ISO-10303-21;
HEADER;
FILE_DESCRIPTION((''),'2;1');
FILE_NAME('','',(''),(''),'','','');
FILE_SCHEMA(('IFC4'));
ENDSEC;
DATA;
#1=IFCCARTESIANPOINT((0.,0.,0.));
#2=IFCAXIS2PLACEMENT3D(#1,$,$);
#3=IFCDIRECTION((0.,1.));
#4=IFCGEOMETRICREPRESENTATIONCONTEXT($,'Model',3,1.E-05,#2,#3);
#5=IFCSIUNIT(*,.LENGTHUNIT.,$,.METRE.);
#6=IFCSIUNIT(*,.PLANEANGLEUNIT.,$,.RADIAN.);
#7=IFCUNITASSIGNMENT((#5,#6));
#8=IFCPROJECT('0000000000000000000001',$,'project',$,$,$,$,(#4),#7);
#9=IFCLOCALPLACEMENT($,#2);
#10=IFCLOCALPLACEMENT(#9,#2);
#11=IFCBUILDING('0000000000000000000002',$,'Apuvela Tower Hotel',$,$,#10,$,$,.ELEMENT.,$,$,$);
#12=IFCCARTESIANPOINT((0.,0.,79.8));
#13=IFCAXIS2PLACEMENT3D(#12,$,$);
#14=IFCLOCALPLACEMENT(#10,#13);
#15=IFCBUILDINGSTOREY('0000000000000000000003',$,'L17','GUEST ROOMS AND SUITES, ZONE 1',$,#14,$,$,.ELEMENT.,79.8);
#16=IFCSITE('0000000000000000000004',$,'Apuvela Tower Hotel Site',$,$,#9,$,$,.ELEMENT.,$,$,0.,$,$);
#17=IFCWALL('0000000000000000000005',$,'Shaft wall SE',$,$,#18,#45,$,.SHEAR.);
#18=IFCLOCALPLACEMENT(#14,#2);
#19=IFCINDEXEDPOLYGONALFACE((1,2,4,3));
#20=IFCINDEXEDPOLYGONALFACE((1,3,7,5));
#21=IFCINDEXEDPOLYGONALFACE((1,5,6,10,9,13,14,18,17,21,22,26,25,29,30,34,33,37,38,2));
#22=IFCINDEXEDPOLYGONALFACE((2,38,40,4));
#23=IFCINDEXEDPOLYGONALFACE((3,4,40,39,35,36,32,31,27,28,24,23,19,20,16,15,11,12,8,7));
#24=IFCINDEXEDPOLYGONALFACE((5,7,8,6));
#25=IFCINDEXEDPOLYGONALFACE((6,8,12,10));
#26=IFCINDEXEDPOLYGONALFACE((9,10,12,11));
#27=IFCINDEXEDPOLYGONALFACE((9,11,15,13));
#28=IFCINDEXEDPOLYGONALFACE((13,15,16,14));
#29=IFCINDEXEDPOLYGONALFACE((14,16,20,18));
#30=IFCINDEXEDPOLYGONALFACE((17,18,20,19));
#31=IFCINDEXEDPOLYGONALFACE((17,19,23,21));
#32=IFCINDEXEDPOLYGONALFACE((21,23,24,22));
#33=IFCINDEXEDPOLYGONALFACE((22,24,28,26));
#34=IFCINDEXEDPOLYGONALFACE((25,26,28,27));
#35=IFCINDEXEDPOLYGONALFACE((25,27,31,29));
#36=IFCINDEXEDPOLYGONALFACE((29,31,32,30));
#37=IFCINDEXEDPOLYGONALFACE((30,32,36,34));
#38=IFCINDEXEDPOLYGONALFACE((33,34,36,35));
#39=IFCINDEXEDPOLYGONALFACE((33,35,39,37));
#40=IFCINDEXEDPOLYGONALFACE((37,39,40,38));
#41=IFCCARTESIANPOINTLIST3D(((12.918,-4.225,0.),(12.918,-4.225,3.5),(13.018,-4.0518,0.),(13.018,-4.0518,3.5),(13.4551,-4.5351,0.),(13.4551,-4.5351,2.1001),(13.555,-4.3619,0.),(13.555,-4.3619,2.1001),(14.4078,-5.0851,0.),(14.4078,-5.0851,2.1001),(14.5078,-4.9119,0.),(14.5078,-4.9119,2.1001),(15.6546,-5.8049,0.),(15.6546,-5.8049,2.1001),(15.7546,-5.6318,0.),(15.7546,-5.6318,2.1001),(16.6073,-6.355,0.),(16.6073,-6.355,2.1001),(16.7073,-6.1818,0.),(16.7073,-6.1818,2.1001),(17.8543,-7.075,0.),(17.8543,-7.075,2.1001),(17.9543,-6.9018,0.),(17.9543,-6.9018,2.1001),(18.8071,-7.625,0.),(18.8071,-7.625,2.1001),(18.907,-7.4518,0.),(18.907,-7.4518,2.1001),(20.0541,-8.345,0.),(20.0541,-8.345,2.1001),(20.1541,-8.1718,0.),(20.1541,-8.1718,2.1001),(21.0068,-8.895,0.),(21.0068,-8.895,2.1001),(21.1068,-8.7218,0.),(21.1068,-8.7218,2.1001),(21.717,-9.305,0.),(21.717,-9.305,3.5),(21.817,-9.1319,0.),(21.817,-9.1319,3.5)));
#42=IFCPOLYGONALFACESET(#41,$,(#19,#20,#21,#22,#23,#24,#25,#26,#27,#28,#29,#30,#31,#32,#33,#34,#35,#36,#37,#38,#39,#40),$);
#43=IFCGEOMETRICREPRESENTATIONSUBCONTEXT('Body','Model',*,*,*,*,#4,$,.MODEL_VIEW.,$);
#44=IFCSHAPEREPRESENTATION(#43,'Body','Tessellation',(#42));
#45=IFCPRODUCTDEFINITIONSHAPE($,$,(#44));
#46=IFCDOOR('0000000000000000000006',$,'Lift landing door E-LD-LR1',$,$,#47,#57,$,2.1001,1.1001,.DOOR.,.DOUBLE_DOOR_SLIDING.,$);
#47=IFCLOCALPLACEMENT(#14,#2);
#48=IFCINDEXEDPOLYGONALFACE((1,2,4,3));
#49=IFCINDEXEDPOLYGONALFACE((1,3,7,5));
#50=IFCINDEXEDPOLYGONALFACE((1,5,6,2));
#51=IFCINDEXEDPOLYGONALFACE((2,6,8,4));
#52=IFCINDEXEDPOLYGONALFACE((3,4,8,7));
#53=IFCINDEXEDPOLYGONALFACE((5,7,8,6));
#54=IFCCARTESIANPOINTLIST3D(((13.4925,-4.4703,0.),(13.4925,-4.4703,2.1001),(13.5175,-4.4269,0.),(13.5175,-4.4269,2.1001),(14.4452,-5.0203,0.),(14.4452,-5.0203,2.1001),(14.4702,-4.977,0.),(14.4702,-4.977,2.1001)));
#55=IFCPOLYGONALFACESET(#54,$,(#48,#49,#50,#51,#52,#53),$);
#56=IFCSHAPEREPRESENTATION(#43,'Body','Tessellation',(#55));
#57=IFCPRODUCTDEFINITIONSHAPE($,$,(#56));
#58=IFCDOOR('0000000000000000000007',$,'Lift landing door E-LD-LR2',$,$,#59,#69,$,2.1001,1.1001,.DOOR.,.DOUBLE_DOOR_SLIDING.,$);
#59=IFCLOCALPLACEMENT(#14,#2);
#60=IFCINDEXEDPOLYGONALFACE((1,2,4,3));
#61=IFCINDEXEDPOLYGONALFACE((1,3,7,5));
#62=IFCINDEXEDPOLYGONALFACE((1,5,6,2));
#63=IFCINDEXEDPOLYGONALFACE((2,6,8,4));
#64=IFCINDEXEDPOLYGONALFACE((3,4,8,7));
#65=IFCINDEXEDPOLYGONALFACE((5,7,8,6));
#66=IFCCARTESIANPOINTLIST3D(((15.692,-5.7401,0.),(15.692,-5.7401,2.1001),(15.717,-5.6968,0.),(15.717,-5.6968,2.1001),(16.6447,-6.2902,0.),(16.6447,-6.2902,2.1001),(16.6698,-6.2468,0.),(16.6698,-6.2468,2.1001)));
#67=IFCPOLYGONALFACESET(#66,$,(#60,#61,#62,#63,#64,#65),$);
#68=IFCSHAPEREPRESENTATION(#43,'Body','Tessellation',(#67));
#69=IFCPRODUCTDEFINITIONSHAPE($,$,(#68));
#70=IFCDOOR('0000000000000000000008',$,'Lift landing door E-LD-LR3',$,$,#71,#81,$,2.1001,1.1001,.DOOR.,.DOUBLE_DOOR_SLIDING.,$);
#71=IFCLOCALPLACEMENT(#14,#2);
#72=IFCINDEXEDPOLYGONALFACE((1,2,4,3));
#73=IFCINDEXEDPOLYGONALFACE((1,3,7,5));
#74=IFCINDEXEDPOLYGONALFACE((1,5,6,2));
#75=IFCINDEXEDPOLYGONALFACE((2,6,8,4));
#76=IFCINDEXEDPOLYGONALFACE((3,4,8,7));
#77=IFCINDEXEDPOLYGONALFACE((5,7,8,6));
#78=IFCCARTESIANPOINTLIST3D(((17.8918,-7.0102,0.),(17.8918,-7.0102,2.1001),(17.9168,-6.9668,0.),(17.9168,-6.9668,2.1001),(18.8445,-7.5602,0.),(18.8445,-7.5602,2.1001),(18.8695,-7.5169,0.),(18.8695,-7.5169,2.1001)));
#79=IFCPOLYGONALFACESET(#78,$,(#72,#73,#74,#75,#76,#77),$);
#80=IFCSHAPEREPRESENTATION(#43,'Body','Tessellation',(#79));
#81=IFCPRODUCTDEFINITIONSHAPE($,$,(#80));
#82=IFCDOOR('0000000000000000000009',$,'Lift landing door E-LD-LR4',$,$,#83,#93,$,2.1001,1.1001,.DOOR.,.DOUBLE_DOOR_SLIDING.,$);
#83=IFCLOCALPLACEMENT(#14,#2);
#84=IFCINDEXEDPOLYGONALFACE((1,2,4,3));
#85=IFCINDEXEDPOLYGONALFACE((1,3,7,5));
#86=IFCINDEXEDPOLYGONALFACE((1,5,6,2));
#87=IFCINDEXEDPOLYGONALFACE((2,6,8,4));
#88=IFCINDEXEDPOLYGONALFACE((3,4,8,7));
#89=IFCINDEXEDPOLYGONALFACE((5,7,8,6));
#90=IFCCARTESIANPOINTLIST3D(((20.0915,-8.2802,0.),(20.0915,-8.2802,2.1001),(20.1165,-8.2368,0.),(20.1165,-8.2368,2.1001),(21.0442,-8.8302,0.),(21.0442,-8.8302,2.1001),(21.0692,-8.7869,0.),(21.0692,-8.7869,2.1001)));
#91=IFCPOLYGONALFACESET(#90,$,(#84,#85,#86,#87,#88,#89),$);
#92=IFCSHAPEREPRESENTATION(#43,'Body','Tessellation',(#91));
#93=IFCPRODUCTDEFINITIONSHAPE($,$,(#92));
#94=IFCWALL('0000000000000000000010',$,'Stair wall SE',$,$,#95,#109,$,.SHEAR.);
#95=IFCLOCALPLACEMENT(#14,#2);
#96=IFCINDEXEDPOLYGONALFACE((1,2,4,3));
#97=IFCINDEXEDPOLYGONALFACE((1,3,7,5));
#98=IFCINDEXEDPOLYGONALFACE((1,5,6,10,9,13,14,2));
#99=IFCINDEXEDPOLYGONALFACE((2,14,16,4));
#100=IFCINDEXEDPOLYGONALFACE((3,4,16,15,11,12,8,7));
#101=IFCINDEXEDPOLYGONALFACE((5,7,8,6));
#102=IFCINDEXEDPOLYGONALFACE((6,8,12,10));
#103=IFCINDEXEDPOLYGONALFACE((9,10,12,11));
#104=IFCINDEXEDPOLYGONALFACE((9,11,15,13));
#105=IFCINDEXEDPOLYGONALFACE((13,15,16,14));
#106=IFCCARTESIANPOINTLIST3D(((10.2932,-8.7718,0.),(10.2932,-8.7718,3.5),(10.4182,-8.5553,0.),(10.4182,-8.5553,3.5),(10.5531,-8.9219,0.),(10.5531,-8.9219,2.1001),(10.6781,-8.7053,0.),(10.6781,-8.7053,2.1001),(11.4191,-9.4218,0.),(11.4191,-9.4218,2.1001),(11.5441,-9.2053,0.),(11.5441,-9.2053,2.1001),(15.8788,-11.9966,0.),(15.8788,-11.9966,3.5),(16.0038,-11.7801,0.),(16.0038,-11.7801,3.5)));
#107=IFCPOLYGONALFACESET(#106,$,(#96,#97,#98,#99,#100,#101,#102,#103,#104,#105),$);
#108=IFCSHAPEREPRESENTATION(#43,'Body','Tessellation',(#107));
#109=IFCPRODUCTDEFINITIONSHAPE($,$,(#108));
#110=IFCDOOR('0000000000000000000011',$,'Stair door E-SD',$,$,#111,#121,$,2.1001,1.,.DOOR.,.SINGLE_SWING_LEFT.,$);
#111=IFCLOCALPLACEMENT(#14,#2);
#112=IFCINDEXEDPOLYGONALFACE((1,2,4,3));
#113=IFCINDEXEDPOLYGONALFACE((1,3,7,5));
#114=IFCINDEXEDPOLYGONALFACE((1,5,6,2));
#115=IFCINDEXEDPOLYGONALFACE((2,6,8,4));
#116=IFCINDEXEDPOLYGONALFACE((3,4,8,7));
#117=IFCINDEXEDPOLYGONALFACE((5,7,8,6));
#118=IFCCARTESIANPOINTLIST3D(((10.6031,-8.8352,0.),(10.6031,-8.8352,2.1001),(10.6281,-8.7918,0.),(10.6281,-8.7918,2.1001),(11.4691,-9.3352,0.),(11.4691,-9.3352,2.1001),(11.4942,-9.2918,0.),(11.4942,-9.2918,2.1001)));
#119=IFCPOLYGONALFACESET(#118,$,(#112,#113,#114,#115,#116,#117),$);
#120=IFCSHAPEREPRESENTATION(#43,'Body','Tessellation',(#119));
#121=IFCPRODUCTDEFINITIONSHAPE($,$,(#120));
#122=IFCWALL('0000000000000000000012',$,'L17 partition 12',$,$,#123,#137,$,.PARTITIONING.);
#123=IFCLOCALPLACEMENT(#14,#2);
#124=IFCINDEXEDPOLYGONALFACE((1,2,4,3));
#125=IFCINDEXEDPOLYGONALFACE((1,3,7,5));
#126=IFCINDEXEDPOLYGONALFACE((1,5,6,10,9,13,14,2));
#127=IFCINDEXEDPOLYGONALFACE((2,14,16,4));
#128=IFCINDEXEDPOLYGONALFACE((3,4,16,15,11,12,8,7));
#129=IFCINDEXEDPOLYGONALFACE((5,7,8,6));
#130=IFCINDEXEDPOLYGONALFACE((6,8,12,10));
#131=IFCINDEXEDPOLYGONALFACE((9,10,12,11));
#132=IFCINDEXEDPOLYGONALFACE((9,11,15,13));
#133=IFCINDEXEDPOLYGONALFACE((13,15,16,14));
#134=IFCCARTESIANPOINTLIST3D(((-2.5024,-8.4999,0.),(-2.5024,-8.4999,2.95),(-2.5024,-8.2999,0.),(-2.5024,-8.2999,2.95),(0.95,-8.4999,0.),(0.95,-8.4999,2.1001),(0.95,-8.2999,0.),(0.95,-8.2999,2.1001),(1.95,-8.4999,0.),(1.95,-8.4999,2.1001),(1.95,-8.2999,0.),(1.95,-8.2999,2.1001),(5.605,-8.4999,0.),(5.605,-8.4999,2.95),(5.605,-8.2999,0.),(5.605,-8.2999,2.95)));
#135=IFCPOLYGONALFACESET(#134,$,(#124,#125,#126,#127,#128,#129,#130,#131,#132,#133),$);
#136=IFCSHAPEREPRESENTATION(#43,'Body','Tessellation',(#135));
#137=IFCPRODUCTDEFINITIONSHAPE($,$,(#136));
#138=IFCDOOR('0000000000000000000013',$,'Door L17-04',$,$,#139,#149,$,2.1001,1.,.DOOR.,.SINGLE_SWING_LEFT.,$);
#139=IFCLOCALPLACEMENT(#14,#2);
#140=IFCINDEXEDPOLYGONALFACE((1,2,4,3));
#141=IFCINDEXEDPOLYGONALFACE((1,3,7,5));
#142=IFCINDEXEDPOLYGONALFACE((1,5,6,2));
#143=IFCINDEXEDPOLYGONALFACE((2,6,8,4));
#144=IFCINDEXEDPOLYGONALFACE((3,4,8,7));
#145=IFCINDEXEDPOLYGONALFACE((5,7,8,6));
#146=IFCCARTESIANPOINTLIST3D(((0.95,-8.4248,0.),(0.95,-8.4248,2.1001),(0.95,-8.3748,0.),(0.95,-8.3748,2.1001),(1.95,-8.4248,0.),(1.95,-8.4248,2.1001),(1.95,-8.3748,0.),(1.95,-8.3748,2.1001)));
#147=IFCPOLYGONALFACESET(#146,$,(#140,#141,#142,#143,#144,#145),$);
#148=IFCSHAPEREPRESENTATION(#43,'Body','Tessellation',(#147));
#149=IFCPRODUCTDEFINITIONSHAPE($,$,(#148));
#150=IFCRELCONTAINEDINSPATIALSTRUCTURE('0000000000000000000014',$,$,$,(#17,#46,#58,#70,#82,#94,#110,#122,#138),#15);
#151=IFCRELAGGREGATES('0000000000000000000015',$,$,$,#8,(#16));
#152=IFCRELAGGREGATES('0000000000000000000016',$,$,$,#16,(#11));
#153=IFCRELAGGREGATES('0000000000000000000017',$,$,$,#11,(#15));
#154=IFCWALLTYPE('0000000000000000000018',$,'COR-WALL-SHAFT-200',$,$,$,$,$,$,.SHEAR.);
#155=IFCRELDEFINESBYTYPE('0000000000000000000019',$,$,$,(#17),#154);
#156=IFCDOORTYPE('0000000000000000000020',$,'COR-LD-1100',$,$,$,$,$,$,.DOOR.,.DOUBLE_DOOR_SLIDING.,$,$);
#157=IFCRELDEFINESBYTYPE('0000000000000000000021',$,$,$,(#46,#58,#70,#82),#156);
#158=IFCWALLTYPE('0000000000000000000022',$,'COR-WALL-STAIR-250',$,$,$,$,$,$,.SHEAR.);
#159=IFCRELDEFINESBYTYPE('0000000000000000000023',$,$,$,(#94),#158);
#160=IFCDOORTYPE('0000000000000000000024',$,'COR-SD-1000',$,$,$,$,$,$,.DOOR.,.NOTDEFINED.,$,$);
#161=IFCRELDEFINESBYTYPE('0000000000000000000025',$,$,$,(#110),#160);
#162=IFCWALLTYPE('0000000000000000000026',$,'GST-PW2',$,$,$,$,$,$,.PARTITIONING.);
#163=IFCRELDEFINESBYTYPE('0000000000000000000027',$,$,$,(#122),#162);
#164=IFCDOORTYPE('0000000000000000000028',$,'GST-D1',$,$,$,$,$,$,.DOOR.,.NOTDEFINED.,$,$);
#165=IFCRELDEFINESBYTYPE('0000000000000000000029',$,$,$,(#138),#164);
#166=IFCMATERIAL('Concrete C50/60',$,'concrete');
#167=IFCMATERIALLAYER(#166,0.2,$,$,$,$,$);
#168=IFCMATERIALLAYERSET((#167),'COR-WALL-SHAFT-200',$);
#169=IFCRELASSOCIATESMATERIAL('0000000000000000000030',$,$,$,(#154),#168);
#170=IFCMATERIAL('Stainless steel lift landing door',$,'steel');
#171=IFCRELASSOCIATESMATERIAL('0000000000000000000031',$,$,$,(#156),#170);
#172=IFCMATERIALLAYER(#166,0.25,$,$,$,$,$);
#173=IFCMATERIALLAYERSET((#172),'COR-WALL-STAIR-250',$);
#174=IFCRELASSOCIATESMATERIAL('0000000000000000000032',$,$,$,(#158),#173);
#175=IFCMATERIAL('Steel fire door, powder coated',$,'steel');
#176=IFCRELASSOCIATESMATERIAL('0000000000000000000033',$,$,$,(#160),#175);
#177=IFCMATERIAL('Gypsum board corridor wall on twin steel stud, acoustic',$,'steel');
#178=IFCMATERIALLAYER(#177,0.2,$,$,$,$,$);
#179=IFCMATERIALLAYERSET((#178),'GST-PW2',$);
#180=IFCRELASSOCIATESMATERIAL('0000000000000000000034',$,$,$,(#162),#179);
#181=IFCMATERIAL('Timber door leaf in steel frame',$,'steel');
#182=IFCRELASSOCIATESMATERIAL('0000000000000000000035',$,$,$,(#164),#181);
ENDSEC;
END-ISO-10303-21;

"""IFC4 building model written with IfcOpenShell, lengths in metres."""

from ifc_helpers import new_model, si_unit, direction, frame, frame_2d, origin, place, context, subcontext, project, spatial, rectangle, extrude, material, layer, layer_set, type_object, element, fill, save


model = new_model("IFC4")

# Units and contexts
model_context = context("Model", 3, precision=1e-05, world=origin(), true_north=direction((0.0, 1.0)))
body_context = subcontext(model_context, "Body", "Model", "MODEL_VIEW")
ifc_project = project(units=[si_unit("LENGTHUNIT", "METRE"), si_unit("PLANEANGLEUNIT", "RADIAN")], contexts=[model_context])

# Site, building, storey
site_placement = place(None, origin())
site = spatial("IfcSite", under=ifc_project, at=site_placement, Name="Apuvela Tower Hotel Site", CompositionType="ELEMENT", RefElevation=0.0)
building_placement = place(site_placement, origin())
building = spatial("IfcBuilding", under=site, at=building_placement, Name="Apuvela Tower Hotel", CompositionType="ELEMENT")
storey_placement = place(building_placement, frame((0.0, 0.0, 79.8)))
storey = spatial("IfcBuildingStorey", under=building, at=storey_placement, Name="L17", Description="GUEST ROOMS AND SUITES, ZONE 1", CompositionType="ELEMENT", Elevation=79.8)

# Shared definitions
ifc_material_1 = material(Name="Concrete C50/60", Category="concrete")
ifc_material_2 = material(Name="Steel fire door, powder coated", Category="steel")

# Shared definitions
ifc_layer_1 = layer(ifc_material_1, 0.2)
ifc_layer_set_1 = layer_set([ifc_layer_1], Name="COR-WALL-SHAFT-200")
wall_type_1 = type_object("IfcWallType", Name="COR-WALL-SHAFT-200", PredefinedType="SHEAR", material=ifc_layer_set_1)
ifc_material_3 = material(Name="Stainless steel lift landing door", Category="steel")

# Wall, openings, doors
wall_1_placement = place(storey_placement, frame((12.968, -4.1384, 0.0), z_axis=(0.0, 0.0, 1.0), x_axis=(0.866028, -0.499995, 0.0)))
wall_1 = element("IfcWall", 1, at=wall_1_placement, inside=storey, type_object=wall_type_1, Name="Shaft wall SE", PredefinedType="SHEAR", context=body_context, shape_type="SweptSolid", body=[
    extrude(rectangle(XDim=10.1602, YDim=0.2, at=frame_2d((5.0801, 0.0))), origin(), (0.0, 0.0, 1.0), 3.5),
])
opening_1_placement = place(wall_1_placement, frame((0.6201, 0.0, 0.0)))
opening_1 = element("IfcOpeningElement", 2, at=opening_1_placement, cuts=wall_1, PredefinedType="OPENING", context=body_context, shape_type="SweptSolid", body=[
    extrude(rectangle(XDim=1.1001, YDim=2.1001, at=frame_2d((0.55, 1.05))), frame((0.0, 0.1099, 0.0), z_axis=(0.0, -1.0, 0.0), x_axis=(1.0, 0.0, 0.0)), (0.0, 0.0, 1.0), 0.22),
])
opening_2_placement = place(wall_1_placement, frame((3.1599, 0.0, 0.0)))
opening_2 = element("IfcOpeningElement", 3, at=opening_2_placement, cuts=wall_1, PredefinedType="OPENING", context=body_context, shape_type="SweptSolid", body=[
    extrude(rectangle(XDim=1.1001, YDim=2.1001, at=frame_2d((0.55, 1.05))), frame((0.0, 0.1099, 0.0), z_axis=(0.0, -1.0, 0.0), x_axis=(1.0, 0.0, 0.0)), (0.0, 0.0, 1.0), 0.22),
])
opening_3_placement = place(wall_1_placement, frame((5.7, 0.0, 0.0)))
opening_3 = element("IfcOpeningElement", 4, at=opening_3_placement, cuts=wall_1, PredefinedType="OPENING", context=body_context, shape_type="SweptSolid", body=[
    extrude(rectangle(XDim=1.1001, YDim=2.1001, at=frame_2d((0.55, 1.05))), frame((0.0, 0.1099, 0.0), z_axis=(0.0, -1.0, 0.0), x_axis=(1.0, 0.0, 0.0)), (0.0, 0.0, 1.0), 0.22),
])
opening_4_placement = place(wall_1_placement, frame((8.24, 0.0, 0.0)))
opening_4 = element("IfcOpeningElement", 5, at=opening_4_placement, cuts=wall_1, PredefinedType="OPENING", context=body_context, shape_type="SweptSolid", body=[
    extrude(rectangle(XDim=1.1001, YDim=2.1001, at=frame_2d((0.55, 1.05))), frame((0.0, 0.1099, 0.0), z_axis=(0.0, -1.0, 0.0), x_axis=(1.0, 0.0, 0.0)), (0.0, 0.0, 1.0), 0.22),
])
door_type_1 = type_object("IfcDoorType", Name="COR-LD-1100", OperationType="DOUBLE_DOOR_SLIDING", PredefinedType="DOOR", material=ifc_material_3)
door_1_placement = place(opening_1_placement, origin())
door_1 = element("IfcDoor", 6, at=door_1_placement, inside=storey, type_object=door_type_1, Name="Lift landing door E-LD-LR1", OperationType="DOUBLE_DOOR_SLIDING", OverallHeight=2.1001, OverallWidth=1.1001, PredefinedType="DOOR", context=body_context, shape_type="SweptSolid", body=[
    extrude(rectangle(XDim=1.1001, YDim=2.1001, at=frame_2d((0.55, 1.05))), frame((0.0, 0.0249, 0.0), z_axis=(0.0, -1.0, 0.0), x_axis=(1.0, 0.0, 0.0)), (0.0, 0.0, 1.0), 0.05),
])
fill(opening_1, door_1)
door_2_placement = place(opening_2_placement, origin())
door_2 = element("IfcDoor", 7, at=door_2_placement, inside=storey, type_object=door_type_1, Name="Lift landing door E-LD-LR2", OperationType="DOUBLE_DOOR_SLIDING", OverallHeight=2.1001, OverallWidth=1.1001, PredefinedType="DOOR", context=body_context, shape_type="SweptSolid", body=[
    extrude(rectangle(XDim=1.1001, YDim=2.1001, at=frame_2d((0.55, 1.05))), frame((0.0, 0.0249, 0.0), z_axis=(0.0, -1.0, 0.0), x_axis=(1.0, 0.0, 0.0)), (0.0, 0.0, 1.0), 0.05),
])
fill(opening_2, door_2)
door_3_placement = place(opening_3_placement, origin())
door_3 = element("IfcDoor", 8, at=door_3_placement, inside=storey, type_object=door_type_1, Name="Lift landing door E-LD-LR3", OperationType="DOUBLE_DOOR_SLIDING", OverallHeight=2.1001, OverallWidth=1.1001, PredefinedType="DOOR", context=body_context, shape_type="SweptSolid", body=[
    extrude(rectangle(XDim=1.1001, YDim=2.1001, at=frame_2d((0.55, 1.05))), frame((0.0, 0.0249, 0.0), z_axis=(0.0, -1.0, 0.0), x_axis=(1.0, 0.0, 0.0)), (0.0, 0.0, 1.0), 0.05),
])
fill(opening_3, door_3)
door_4_placement = place(opening_4_placement, origin())
door_4 = element("IfcDoor", 9, at=door_4_placement, inside=storey, type_object=door_type_1, Name="Lift landing door E-LD-LR4", OperationType="DOUBLE_DOOR_SLIDING", OverallHeight=2.1001, OverallWidth=1.1001, PredefinedType="DOOR", context=body_context, shape_type="SweptSolid", body=[
    extrude(rectangle(XDim=1.1001, YDim=2.1001, at=frame_2d((0.55, 1.05))), frame((0.0, 0.0249, 0.0), z_axis=(0.0, -1.0, 0.0), x_axis=(1.0, 0.0, 0.0)), (0.0, 0.0, 1.0), 0.05),
])
fill(opening_4, door_4)

# Walls, openings, doors
ifc_layer_2 = layer(ifc_material_1, 0.25)
ifc_layer_set_2 = layer_set([ifc_layer_2], Name="COR-WALL-STAIR-250")
wall_type_2 = type_object("IfcWallType", Name="COR-WALL-STAIR-250", PredefinedType="SHEAR", material=ifc_layer_set_2)
wall_2_placement = place(storey_placement, frame((10.3557, -8.6636, 0.0), z_axis=(0.0, 0.0, 1.0), x_axis=(0.866029, -0.499994, 0.0)))
wall_2 = element("IfcWall", 10, at=wall_2_placement, inside=storey, type_object=wall_type_2, Name="Stair wall SE", PredefinedType="SHEAR", context=body_context, shape_type="SweptSolid", body=[
    extrude(rectangle(XDim=6.4497, YDim=0.25, at=frame_2d((3.2249, 0.0))), origin(), (0.0, 0.0, 1.0), 3.5),
])
opening_5_placement = place(wall_2_placement, frame((0.3, 0.0, 0.0)))
opening_5 = element("IfcOpeningElement", 11, at=opening_5_placement, cuts=wall_2, PredefinedType="OPENING", context=body_context, shape_type="SweptSolid", body=[
    extrude(rectangle(XDim=1.0, YDim=2.1001, at=frame_2d((0.5, 1.05))), frame((0.0, 0.135, 0.0), z_axis=(0.0, -1.0, 0.0), x_axis=(1.0, 0.0, 0.0)), (0.0, 0.0, 1.0), 0.27),
])
door_type_2 = type_object("IfcDoorType", Name="COR-SD-1000", OperationType="NOTDEFINED", PredefinedType="DOOR", material=ifc_material_2)
door_5_placement = place(opening_5_placement, frame((1.0, 0.0, 0.0), z_axis=(0.0, 0.0, 1.0), x_axis=(-1.0, 0.0, 0.0)))
door_5 = element("IfcDoor", 12, at=door_5_placement, inside=storey, type_object=door_type_2, Name="Stair door E-SD", OperationType="SINGLE_SWING_LEFT", OverallHeight=2.1001, OverallWidth=1.0, PredefinedType="DOOR", context=body_context, shape_type="SweptSolid", body=[
    extrude(rectangle(XDim=1.0, YDim=2.1001, at=frame_2d((0.5, 1.05))), frame((0.0, 0.0249, 0.0), z_axis=(0.0, -1.0, 0.0), x_axis=(1.0, 0.0, 0.0)), (0.0, 0.0, 1.0), 0.05),
])
fill(opening_5, door_5)
ifc_material_4 = material(Name="Gypsum board corridor wall on twin steel stud, acoustic", Category="steel")
ifc_layer_3 = layer(ifc_material_4, 0.2)
ifc_layer_set_3 = layer_set([ifc_layer_3], Name="GST-PW2")
wall_type_3 = type_object("IfcWallType", Name="GST-PW2", PredefinedType="PARTITIONING", material=ifc_layer_set_3)
wall_3_placement = place(storey_placement, frame((5.605, -8.3999, 0.0), z_axis=(0.0, 0.0, 1.0), x_axis=(-1.0, 0.0, 0.0)))
wall_3 = element("IfcWall", 13, at=wall_3_placement, inside=storey, type_object=wall_type_3, Name="L17 partition 12", PredefinedType="PARTITIONING", context=body_context, shape_type="SweptSolid", body=[
    extrude(rectangle(XDim=8.1074, YDim=0.2, at=frame_2d((4.0537, 0.0))), origin(), (0.0, 0.0, 1.0), 2.95),
])
opening_6_placement = place(wall_3_placement, frame((3.655, 0.0, 0.0)))
opening_6 = element("IfcOpeningElement", 14, at=opening_6_placement, cuts=wall_3, PredefinedType="OPENING", context=body_context, shape_type="SweptSolid", body=[
    extrude(rectangle(XDim=1.0, YDim=2.1001, at=frame_2d((0.5, 1.05))), frame((0.0, 0.1099, 0.0), z_axis=(0.0, -1.0, 0.0), x_axis=(1.0, 0.0, 0.0)), (0.0, 0.0, 1.0), 0.22),
])
ifc_material_5 = material(Name="Timber door leaf in steel frame", Category="steel")
door_type_3 = type_object("IfcDoorType", Name="GST-D1", OperationType="NOTDEFINED", PredefinedType="DOOR", material=ifc_material_5)
door_6_placement = place(opening_6_placement, origin())
door_6 = element("IfcDoor", 15, at=door_6_placement, inside=storey, type_object=door_type_3, Name="Door L17-04", OperationType="SINGLE_SWING_LEFT", OverallHeight=2.1001, OverallWidth=1.0, PredefinedType="DOOR", context=body_context, shape_type="SweptSolid", body=[
    extrude(rectangle(XDim=1.0, YDim=2.1001, at=frame_2d((0.5, 1.05))), frame((0.0, 0.0249, 0.0), z_axis=(0.0, -1.0, 0.0), x_axis=(1.0, 0.0, 0.0)), (0.0, 0.0, 1.0), 0.05),
])
fill(opening_6, door_6)

save(model, "model.ifc")
